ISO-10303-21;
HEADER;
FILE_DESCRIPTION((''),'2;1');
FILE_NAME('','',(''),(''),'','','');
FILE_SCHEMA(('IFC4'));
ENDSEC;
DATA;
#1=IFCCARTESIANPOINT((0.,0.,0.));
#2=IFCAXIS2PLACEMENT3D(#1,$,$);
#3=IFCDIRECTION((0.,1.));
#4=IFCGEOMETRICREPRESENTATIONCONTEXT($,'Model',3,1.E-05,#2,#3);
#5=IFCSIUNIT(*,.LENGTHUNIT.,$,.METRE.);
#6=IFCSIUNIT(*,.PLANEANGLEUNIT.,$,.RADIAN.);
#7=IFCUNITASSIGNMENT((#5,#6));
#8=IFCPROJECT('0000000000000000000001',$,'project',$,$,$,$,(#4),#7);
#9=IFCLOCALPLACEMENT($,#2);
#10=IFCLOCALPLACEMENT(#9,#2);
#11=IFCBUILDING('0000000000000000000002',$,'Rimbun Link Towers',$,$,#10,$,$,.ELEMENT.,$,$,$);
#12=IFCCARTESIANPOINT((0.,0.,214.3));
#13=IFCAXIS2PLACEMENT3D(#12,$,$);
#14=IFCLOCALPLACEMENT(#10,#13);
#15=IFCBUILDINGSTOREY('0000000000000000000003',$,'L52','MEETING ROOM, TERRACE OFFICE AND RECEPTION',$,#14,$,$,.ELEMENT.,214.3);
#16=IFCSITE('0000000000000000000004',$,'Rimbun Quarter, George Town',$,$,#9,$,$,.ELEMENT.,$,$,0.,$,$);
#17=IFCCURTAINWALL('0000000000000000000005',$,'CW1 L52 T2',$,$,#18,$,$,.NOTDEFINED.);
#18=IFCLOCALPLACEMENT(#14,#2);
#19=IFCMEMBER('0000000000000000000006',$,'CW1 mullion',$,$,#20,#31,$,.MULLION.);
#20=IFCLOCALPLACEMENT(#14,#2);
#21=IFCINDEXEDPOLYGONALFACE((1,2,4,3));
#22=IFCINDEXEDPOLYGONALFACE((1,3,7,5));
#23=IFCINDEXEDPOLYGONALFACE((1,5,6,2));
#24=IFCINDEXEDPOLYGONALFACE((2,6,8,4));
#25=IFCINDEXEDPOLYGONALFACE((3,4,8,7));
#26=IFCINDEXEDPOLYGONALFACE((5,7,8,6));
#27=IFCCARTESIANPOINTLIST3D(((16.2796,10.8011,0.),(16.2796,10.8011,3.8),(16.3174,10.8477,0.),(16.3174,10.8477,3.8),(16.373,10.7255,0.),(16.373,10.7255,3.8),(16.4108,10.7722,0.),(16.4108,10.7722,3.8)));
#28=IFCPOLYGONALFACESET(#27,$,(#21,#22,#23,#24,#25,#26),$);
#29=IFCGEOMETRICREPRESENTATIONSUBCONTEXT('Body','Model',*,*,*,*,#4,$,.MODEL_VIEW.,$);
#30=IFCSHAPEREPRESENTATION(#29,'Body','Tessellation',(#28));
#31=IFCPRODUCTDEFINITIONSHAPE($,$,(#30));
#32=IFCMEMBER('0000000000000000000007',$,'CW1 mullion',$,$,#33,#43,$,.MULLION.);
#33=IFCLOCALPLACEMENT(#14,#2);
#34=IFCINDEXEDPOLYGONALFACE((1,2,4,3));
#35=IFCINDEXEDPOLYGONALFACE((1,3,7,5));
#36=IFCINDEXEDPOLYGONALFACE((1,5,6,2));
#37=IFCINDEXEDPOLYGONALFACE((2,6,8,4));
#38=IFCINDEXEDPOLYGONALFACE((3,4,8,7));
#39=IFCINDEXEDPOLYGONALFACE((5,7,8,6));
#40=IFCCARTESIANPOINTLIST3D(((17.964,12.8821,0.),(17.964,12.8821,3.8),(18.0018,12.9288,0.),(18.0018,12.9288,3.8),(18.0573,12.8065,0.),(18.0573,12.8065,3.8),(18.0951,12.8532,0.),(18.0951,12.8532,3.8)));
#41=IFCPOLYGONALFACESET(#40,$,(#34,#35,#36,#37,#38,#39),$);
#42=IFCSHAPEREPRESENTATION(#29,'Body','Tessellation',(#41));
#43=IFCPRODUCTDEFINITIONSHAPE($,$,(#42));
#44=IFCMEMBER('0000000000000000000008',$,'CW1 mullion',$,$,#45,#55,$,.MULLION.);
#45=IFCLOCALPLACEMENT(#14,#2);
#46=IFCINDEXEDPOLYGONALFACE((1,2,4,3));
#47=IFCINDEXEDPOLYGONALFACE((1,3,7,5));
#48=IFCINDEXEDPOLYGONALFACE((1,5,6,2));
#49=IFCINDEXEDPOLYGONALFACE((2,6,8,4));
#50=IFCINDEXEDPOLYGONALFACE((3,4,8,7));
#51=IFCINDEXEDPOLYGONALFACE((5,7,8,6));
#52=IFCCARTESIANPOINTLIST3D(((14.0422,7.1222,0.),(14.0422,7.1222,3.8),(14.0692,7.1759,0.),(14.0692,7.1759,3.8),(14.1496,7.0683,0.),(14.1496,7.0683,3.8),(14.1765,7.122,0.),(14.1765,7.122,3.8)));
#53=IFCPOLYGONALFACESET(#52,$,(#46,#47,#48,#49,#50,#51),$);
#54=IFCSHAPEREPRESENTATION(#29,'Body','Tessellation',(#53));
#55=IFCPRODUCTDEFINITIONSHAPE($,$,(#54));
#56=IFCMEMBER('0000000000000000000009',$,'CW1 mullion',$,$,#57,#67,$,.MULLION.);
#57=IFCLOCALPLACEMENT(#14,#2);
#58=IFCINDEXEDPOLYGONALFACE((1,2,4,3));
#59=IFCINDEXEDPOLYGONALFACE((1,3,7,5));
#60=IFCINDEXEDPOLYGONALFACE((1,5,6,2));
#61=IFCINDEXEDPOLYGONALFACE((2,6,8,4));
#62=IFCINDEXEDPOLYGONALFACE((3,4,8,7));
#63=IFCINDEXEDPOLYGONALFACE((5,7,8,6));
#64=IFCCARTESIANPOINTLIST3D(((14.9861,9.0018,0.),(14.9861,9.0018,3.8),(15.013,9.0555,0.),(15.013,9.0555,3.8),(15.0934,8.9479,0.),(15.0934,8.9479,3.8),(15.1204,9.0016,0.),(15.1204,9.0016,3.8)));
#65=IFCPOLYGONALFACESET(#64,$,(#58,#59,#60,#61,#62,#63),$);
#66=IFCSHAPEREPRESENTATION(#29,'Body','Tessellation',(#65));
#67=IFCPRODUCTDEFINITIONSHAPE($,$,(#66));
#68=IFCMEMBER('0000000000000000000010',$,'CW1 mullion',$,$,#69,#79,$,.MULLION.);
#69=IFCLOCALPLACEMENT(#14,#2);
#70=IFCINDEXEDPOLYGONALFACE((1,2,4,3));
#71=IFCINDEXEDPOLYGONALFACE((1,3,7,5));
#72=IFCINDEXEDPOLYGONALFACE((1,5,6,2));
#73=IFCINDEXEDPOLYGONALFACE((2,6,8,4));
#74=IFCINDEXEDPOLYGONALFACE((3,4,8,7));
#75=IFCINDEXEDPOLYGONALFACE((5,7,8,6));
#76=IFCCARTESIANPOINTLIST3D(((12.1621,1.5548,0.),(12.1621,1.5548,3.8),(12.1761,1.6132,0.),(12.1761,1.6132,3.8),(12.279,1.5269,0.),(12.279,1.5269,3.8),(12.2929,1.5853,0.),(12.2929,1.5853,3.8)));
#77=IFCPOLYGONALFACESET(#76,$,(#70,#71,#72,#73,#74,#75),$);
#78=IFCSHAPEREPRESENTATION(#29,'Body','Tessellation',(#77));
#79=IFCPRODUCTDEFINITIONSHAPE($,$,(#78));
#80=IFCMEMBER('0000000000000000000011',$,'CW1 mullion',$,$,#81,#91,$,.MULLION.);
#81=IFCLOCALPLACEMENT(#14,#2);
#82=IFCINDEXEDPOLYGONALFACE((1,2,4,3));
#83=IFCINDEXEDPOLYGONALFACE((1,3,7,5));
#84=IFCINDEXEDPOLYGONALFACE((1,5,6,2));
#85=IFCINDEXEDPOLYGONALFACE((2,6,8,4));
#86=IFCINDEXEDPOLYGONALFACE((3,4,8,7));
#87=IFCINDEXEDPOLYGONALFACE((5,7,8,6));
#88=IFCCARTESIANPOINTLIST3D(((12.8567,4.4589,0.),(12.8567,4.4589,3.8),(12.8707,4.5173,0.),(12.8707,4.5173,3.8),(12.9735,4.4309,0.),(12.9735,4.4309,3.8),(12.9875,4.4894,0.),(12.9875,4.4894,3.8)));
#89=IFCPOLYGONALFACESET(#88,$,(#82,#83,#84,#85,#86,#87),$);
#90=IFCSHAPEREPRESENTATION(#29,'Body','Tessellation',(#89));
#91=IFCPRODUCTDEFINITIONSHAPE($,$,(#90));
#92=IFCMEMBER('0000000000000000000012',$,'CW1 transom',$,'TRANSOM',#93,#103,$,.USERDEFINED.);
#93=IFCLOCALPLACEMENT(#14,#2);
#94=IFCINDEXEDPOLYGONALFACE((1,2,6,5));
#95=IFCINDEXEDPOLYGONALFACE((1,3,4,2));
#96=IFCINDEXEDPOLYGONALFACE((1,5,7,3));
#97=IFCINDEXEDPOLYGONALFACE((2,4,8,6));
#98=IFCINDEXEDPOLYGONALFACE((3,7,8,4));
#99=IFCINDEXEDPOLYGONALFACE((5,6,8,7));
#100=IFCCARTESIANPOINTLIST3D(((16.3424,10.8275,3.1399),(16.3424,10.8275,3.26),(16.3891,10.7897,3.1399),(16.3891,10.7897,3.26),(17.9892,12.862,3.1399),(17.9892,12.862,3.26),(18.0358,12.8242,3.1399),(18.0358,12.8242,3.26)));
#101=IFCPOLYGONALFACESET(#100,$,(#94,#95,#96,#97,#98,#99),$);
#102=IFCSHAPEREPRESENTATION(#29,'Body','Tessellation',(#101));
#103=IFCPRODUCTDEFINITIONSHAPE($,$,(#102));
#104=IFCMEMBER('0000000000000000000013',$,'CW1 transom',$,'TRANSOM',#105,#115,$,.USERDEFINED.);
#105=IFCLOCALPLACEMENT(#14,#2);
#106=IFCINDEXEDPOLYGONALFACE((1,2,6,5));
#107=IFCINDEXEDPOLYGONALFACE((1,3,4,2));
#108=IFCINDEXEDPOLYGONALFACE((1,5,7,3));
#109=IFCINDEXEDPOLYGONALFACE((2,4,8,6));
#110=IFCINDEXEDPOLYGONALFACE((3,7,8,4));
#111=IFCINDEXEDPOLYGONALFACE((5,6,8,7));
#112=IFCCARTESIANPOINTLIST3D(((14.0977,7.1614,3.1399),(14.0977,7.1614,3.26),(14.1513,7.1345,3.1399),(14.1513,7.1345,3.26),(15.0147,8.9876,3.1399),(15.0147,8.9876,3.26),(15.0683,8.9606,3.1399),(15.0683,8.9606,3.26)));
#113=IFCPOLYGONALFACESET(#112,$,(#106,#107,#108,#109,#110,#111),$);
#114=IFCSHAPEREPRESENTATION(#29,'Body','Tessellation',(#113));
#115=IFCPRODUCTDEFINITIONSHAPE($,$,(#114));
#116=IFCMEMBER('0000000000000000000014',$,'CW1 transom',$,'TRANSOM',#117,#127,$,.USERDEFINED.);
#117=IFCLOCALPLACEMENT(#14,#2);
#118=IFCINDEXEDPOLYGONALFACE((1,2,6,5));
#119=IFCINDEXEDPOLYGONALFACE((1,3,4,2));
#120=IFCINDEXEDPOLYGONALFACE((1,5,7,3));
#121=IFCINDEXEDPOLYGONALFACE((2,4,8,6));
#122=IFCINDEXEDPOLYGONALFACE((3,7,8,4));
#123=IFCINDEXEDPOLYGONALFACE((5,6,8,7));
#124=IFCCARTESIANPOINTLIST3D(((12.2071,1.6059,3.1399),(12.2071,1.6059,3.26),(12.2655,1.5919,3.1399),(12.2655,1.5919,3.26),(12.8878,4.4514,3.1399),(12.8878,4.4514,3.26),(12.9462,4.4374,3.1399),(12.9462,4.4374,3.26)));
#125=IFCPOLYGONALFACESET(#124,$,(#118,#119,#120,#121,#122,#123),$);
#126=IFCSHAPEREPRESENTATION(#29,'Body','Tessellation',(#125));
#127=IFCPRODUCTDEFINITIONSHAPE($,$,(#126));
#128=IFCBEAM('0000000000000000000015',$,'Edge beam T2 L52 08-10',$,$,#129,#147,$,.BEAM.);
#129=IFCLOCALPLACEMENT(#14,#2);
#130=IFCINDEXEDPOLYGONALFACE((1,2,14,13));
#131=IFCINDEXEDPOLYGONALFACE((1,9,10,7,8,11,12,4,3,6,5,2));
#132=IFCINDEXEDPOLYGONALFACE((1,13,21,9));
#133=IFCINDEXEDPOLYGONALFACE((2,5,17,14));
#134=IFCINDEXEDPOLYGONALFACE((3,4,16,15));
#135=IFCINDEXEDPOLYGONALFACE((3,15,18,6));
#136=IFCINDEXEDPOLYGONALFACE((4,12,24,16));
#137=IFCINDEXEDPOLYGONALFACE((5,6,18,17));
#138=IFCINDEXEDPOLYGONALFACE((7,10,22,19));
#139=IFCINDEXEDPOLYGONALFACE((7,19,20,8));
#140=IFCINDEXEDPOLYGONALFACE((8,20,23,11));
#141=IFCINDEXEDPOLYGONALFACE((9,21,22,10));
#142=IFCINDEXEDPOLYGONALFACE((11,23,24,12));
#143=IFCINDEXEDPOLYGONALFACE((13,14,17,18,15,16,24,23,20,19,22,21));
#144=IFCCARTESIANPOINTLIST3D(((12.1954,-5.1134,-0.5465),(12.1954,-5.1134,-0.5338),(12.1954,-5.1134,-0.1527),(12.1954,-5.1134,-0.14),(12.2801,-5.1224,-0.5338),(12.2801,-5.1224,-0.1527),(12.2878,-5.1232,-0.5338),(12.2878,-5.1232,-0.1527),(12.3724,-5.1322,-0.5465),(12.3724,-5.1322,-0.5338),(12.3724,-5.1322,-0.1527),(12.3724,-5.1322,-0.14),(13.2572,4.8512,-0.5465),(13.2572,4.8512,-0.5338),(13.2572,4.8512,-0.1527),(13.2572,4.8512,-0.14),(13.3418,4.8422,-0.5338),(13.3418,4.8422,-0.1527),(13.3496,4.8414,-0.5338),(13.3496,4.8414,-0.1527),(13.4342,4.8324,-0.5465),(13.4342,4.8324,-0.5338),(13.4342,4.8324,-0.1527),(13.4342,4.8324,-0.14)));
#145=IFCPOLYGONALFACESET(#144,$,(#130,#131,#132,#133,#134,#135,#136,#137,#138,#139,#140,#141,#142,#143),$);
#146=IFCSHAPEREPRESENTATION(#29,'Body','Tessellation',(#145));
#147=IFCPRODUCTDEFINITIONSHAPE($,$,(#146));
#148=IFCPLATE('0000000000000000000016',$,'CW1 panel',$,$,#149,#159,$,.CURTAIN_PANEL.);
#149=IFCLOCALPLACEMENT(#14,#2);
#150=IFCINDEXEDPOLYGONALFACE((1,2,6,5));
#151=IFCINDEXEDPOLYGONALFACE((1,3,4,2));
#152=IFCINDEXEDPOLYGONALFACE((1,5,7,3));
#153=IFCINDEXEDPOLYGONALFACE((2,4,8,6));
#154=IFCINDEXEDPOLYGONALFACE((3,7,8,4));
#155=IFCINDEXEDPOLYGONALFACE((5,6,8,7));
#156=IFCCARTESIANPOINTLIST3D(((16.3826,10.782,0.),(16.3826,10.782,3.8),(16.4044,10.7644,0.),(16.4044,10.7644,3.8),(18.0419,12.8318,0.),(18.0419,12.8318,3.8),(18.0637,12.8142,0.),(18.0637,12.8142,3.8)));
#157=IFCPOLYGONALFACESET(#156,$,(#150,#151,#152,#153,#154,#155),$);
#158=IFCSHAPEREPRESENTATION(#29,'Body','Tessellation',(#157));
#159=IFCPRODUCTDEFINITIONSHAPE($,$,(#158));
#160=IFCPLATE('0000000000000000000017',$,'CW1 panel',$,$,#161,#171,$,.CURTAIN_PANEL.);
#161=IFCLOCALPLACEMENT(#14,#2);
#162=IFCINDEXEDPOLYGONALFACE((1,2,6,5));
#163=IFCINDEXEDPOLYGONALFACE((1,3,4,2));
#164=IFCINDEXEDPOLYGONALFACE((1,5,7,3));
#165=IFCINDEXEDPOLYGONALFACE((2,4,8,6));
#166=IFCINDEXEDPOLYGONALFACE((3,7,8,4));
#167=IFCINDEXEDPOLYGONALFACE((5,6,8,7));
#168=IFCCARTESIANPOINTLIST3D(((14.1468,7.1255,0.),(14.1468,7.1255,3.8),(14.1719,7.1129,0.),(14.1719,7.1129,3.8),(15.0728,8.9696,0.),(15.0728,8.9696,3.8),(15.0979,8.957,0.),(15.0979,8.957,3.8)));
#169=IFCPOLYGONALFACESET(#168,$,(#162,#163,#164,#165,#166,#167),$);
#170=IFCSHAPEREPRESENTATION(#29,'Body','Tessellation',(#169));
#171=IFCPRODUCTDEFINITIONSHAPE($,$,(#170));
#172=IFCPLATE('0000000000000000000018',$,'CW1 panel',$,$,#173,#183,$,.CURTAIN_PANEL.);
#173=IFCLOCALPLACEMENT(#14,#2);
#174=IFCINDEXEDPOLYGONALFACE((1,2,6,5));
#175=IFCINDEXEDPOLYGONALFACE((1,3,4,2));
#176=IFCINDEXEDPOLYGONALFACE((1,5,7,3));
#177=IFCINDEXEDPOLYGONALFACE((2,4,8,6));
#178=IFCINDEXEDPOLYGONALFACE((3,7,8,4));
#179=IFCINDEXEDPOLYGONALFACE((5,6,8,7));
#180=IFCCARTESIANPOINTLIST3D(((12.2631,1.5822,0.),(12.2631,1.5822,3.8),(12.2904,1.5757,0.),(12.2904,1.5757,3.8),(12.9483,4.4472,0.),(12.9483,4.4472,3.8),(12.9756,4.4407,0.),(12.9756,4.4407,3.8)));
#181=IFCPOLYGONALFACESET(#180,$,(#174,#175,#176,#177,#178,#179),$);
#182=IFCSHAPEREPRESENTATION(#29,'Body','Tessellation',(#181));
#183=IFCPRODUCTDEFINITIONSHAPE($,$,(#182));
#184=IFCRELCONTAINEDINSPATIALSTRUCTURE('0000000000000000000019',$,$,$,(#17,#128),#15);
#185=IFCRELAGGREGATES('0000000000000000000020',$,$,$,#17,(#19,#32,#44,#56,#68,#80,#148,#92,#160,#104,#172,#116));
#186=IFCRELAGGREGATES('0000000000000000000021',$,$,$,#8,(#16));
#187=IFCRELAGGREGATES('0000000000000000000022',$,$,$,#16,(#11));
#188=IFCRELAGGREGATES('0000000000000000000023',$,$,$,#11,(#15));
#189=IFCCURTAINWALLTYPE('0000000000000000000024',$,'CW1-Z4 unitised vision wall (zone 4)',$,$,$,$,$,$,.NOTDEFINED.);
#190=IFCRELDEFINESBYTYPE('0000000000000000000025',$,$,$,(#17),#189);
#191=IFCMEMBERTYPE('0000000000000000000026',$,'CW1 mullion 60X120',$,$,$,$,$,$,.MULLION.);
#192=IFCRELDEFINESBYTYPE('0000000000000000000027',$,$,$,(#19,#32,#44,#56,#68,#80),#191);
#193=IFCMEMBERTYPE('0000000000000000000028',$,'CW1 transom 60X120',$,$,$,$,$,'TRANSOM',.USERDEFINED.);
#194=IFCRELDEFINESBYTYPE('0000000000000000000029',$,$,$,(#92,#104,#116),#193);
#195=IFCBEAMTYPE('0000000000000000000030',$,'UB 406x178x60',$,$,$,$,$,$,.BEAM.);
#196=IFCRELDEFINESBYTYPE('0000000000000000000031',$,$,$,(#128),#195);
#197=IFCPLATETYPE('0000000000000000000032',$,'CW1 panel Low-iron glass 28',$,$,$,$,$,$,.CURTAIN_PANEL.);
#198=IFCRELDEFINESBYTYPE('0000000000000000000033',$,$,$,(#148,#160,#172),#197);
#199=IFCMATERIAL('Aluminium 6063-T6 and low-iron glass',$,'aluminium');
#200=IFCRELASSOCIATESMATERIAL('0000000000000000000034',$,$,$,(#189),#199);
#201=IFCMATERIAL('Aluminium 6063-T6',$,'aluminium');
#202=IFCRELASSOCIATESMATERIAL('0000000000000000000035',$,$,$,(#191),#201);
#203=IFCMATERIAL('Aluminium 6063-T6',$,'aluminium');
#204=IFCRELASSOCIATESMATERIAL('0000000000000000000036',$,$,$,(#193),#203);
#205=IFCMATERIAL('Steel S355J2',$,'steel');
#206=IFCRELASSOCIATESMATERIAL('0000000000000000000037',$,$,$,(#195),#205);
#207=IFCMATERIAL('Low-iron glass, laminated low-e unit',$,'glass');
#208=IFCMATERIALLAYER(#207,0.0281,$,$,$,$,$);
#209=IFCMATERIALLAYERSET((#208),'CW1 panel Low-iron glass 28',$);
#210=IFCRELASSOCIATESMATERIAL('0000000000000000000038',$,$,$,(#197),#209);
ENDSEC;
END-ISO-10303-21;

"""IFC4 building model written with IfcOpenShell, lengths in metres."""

from ifc_helpers import new_model, si_unit, direction, frame, origin, origin_2d, place, context, subcontext, project, spatial, rectangle, i_section, extrude, material, layer, layer_set, material_profile, profile_set, type_object, element, aggregate, save


model = new_model("IFC4")

# Units and contexts
model_context = context("Model", 3, precision=1e-05, world=origin(), true_north=direction((0.0, 1.0)))
body_context = subcontext(model_context, "Body", "Model", "MODEL_VIEW")
ifc_project = project(units=[si_unit("LENGTHUNIT", "METRE"), si_unit("PLANEANGLEUNIT", "RADIAN")], contexts=[model_context])

# Site, building, storey
site_placement = place(None, origin())
site = spatial("IfcSite", under=ifc_project, at=site_placement, Name="Rimbun Quarter, George Town", CompositionType="ELEMENT", RefElevation=0.0)
building_placement = place(site_placement, origin())
building = spatial("IfcBuilding", under=site, at=building_placement, Name="Rimbun Link Towers", CompositionType="ELEMENT")
storey_placement = place(building_placement, frame((0.0, 0.0, 214.3)))
storey = spatial("IfcBuildingStorey", under=building, at=storey_placement, Name="L52", Description="MEETING ROOM, TERRACE OFFICE AND RECEPTION", CompositionType="ELEMENT", Elevation=214.3)

# Curtain wall, members
ifc_material_1 = material(Name="Aluminium 6063-T6 and low-iron glass", Category="aluminium")
curtain_wall_type = type_object("IfcCurtainWallType", Name="CW1-Z4 unitised vision wall (zone 4)", PredefinedType="NOTDEFINED", material=ifc_material_1)
curtain_wall_placement = place(storey_placement, origin())
curtain_wall = element("IfcCurtainWall", 1, at=curtain_wall_placement, inside=storey, type_object=curtain_wall_type, Name="CW1 L52 T2", PredefinedType="NOTDEFINED")
ifc_material_2 = material(Name="Aluminium 6063-T6", Category="aluminium")
ifc_material_profile_1 = material_profile(ifc_material_2, rectangle(XDim=0.1201, YDim=0.0601, at=origin_2d()), Name="MULLION 60X120")
ifc_profile_set_1 = profile_set([ifc_material_profile_1], Name="Aluminium 6063-T6")
member_type_1 = type_object("IfcMemberType", Name="CW1 mullion 60X120", PredefinedType="MULLION", material=ifc_profile_set_1)
member_1_placement = place(storey_placement, frame((16.3452, 10.7866, 0.0), z_axis=(0.0, 0.0, 1.0), x_axis=(-0.777266, 0.629172, 0.0)))
member_1 = element("IfcMember", 2, at=member_1_placement, type_object=member_type_1, Name="CW1 mullion", PredefinedType="MULLION", context=body_context, shape_type="SweptSolid", body=[
    extrude(rectangle(XDim=0.1201, YDim=0.0601, at=origin_2d()), origin(), (0.0, 0.0, 1.0), 3.8),
])
member_2_placement = place(storey_placement, frame((18.0295, 12.8677, 0.0), z_axis=(0.0, 0.0, 1.0), x_axis=(-0.777266, 0.629172, 0.0)))
member_2 = element("IfcMember", 3, at=member_2_placement, type_object=member_type_1, Name="CW1 mullion", PredefinedType="MULLION", context=body_context, shape_type="SweptSolid", body=[
    extrude(rectangle(XDim=0.1201, YDim=0.0601, at=origin_2d()), origin(), (0.0, 0.0, 1.0), 3.8),
])
member_3_placement = place(storey_placement, frame((14.1094, 7.1221, 0.0), z_axis=(0.0, 0.0, 1.0), x_axis=(-0.89365, 0.448764, 0.0)))
member_3 = element("IfcMember", 4, at=member_3_placement, type_object=member_type_1, Name="CW1 mullion", PredefinedType="MULLION", context=body_context, shape_type="SweptSolid", body=[
    extrude(rectangle(XDim=0.1201, YDim=0.0601, at=origin_2d()), origin(), (0.0, 0.0, 1.0), 3.8),
])
member_4_placement = place(storey_placement, frame((15.0532, 9.0017, 0.0), z_axis=(0.0, 0.0, 1.0), x_axis=(-0.89365, 0.448764, 0.0)))
member_4 = element("IfcMember", 5, at=member_4_placement, type_object=member_type_1, Name="CW1 mullion", PredefinedType="MULLION", context=body_context, shape_type="SweptSolid", body=[
    extrude(rectangle(XDim=0.1201, YDim=0.0601, at=origin_2d()), origin(), (0.0, 0.0, 1.0), 3.8),
])
member_5_placement = place(storey_placement, frame((12.2275, 1.5701, 0.0), z_axis=(0.0, 0.0, 1.0), x_axis=(-0.972573, 0.2326, 0.0)))
member_5 = element("IfcMember", 6, at=member_5_placement, type_object=member_type_1, Name="CW1 mullion", PredefinedType="MULLION", context=body_context, shape_type="SweptSolid", body=[
    extrude(rectangle(XDim=0.1201, YDim=0.0601, at=origin_2d()), origin(), (0.0, 0.0, 1.0), 3.8),
])
member_6_placement = place(storey_placement, frame((12.9221, 4.4741, 0.0), z_axis=(0.0, 0.0, 1.0), x_axis=(-0.972573, 0.2326, 0.0)))
member_6 = element("IfcMember", 7, at=member_6_placement, type_object=member_type_1, Name="CW1 mullion", PredefinedType="MULLION", context=body_context, shape_type="SweptSolid", body=[
    extrude(rectangle(XDim=0.1201, YDim=0.0601, at=origin_2d()), origin(), (0.0, 0.0, 1.0), 3.8),
])
ifc_material_3 = material(Name="Aluminium 6063-T6", Category="aluminium")
ifc_material_profile_2 = material_profile(ifc_material_3, rectangle(XDim=0.0601, YDim=0.1201, at=origin_2d()), Name="TRANSOM 60X120")
ifc_profile_set_2 = profile_set([ifc_material_profile_2], Name="Aluminium 6063-T6")
member_type_2 = type_object("IfcMemberType", Name="CW1 transom 60X120", ElementType="TRANSOM", PredefinedType="USERDEFINED", material=ifc_profile_set_2)
member_7_placement = place(storey_placement, frame((16.3657, 10.8086, 3.2), z_axis=(0.629155, 0.77728, 0.0), x_axis=(-0.77728, 0.629155, 0.0)))
member_7 = element("IfcMember", 8, at=member_7_placement, type_object=member_type_2, Name="CW1 transom", ObjectType="TRANSOM", PredefinedType="USERDEFINED", context=body_context, shape_type="SweptSolid", body=[
    extrude(rectangle(XDim=0.0601, YDim=0.1201, at=origin_2d()), origin(), (0.0, 0.0, 1.0), 2.6174),
])
member_8_placement = place(storey_placement, frame((14.1245, 7.1479, 3.2), z_axis=(0.448742, 0.893661, 0.0), x_axis=(-0.893661, 0.448742, 0.0)))
member_8 = element("IfcMember", 9, at=member_8_placement, type_object=member_type_2, Name="CW1 transom", ObjectType="TRANSOM", PredefinedType="USERDEFINED", context=body_context, shape_type="SweptSolid", body=[
    extrude(rectangle(XDim=0.0601, YDim=0.1201, at=origin_2d()), origin(), (0.0, 0.0, 1.0), 2.0435),
])
member_9_placement = place(storey_placement, frame((12.2363, 1.5989, 3.2), z_axis=(0.232647, 0.972561, 0.0), x_axis=(-0.972561, 0.232647, 0.0)))
member_9 = element("IfcMember", 10, at=member_9_placement, type_object=member_type_2, Name="CW1 transom", ObjectType="TRANSOM", PredefinedType="USERDEFINED", context=body_context, shape_type="SweptSolid", body=[
    extrude(rectangle(XDim=0.0601, YDim=0.1201, at=origin_2d()), origin(), (0.0, 0.0, 1.0), 2.9258),
])

# Beam
ifc_material_4 = material(Name="Steel S355J2", Category="steel")
ifc_material_profile_3 = material_profile(ifc_material_4, i_section(OverallWidth=0.178, OverallDepth=0.4065, WebThickness=0.0078, FlangeThickness=0.0127, at=origin_2d()), Name="UB 406x178x60")
ifc_profile_set_3 = profile_set([ifc_material_profile_3], Name="Steel S355J2")
beam_type = type_object("IfcBeamType", Name="UB 406x178x60", PredefinedType="BEAM", material=ifc_profile_set_3)
beam_placement = place(storey_placement, frame((13.3457, 4.8418, -0.3433), z_axis=(-0.105954, -0.994371, 0.0), x_axis=(0.994371, -0.105954, 0.0)))
element("IfcBeam", 11, at=beam_placement, inside=storey, type_object=beam_type, Name="Edge beam T2 L52 08-10", PredefinedType="BEAM", context=body_context, shape_type="SweptSolid", body=[
    extrude(i_section(OverallWidth=0.178, OverallDepth=0.4065, WebThickness=0.0078, FlangeThickness=0.0127, at=origin_2d()), origin(), (0.0, 0.0, 1.0), 10.021),
])

# Plates
ifc_material_5 = material(Name="Low-iron glass, laminated low-e unit", Category="glass")
ifc_layer_1 = layer(ifc_material_5, 0.0281)
ifc_layer_set_1 = layer_set([ifc_layer_1], Name="CW1 panel Low-iron glass 28")
plate_type = type_object("IfcPlateType", Name="CW1 panel Low-iron glass 28", PredefinedType="CURTAIN_PANEL", material=ifc_layer_set_1)
plate_1_placement = place(storey_placement, frame((17.2231, 11.7981, 0.0), z_axis=(0.0, 0.0, 1.0), x_axis=(0.629172, 0.777266, 0.0)))
plate_1 = element("IfcPlate", 12, at=plate_1_placement, type_object=plate_type, Name="CW1 panel", PredefinedType="CURTAIN_PANEL", context=body_context, shape_type="SweptSolid", body=[
    extrude(rectangle(XDim=2.6372, YDim=0.0281, at=origin_2d()), origin(), (0.0, 0.0, 1.0), 3.8),
])
plate_2_placement = place(storey_placement, frame((14.6223, 8.0413, 0.0), z_axis=(0.0, 0.0, 1.0), x_axis=(0.448764, 0.89365, 0.0)))
plate_2 = element("IfcPlate", 13, at=plate_2_placement, type_object=plate_type, Name="CW1 panel", PredefinedType="CURTAIN_PANEL", context=body_context, shape_type="SweptSolid", body=[
    extrude(rectangle(XDim=2.0635, YDim=0.0281, at=origin_2d()), origin(), (0.0, 0.0, 1.0), 3.8),
])
plate_3_placement = place(storey_placement, frame((12.6194, 3.0115, 0.0), z_axis=(0.0, 0.0, 1.0), x_axis=(0.2326, 0.972573, 0.0)))
plate_3 = element("IfcPlate", 14, at=plate_3_placement, type_object=plate_type, Name="CW1 panel", PredefinedType="CURTAIN_PANEL", context=body_context, shape_type="SweptSolid", body=[
    extrude(rectangle(XDim=2.9458, YDim=0.0281, at=origin_2d()), origin(), (0.0, 0.0, 1.0), 3.8),
])
aggregate(curtain_wall, [member_1, member_2, member_3, member_4, member_5, member_6, plate_1, member_7, plate_2, member_8, plate_3, member_9])

save(model, "model.ifc")
